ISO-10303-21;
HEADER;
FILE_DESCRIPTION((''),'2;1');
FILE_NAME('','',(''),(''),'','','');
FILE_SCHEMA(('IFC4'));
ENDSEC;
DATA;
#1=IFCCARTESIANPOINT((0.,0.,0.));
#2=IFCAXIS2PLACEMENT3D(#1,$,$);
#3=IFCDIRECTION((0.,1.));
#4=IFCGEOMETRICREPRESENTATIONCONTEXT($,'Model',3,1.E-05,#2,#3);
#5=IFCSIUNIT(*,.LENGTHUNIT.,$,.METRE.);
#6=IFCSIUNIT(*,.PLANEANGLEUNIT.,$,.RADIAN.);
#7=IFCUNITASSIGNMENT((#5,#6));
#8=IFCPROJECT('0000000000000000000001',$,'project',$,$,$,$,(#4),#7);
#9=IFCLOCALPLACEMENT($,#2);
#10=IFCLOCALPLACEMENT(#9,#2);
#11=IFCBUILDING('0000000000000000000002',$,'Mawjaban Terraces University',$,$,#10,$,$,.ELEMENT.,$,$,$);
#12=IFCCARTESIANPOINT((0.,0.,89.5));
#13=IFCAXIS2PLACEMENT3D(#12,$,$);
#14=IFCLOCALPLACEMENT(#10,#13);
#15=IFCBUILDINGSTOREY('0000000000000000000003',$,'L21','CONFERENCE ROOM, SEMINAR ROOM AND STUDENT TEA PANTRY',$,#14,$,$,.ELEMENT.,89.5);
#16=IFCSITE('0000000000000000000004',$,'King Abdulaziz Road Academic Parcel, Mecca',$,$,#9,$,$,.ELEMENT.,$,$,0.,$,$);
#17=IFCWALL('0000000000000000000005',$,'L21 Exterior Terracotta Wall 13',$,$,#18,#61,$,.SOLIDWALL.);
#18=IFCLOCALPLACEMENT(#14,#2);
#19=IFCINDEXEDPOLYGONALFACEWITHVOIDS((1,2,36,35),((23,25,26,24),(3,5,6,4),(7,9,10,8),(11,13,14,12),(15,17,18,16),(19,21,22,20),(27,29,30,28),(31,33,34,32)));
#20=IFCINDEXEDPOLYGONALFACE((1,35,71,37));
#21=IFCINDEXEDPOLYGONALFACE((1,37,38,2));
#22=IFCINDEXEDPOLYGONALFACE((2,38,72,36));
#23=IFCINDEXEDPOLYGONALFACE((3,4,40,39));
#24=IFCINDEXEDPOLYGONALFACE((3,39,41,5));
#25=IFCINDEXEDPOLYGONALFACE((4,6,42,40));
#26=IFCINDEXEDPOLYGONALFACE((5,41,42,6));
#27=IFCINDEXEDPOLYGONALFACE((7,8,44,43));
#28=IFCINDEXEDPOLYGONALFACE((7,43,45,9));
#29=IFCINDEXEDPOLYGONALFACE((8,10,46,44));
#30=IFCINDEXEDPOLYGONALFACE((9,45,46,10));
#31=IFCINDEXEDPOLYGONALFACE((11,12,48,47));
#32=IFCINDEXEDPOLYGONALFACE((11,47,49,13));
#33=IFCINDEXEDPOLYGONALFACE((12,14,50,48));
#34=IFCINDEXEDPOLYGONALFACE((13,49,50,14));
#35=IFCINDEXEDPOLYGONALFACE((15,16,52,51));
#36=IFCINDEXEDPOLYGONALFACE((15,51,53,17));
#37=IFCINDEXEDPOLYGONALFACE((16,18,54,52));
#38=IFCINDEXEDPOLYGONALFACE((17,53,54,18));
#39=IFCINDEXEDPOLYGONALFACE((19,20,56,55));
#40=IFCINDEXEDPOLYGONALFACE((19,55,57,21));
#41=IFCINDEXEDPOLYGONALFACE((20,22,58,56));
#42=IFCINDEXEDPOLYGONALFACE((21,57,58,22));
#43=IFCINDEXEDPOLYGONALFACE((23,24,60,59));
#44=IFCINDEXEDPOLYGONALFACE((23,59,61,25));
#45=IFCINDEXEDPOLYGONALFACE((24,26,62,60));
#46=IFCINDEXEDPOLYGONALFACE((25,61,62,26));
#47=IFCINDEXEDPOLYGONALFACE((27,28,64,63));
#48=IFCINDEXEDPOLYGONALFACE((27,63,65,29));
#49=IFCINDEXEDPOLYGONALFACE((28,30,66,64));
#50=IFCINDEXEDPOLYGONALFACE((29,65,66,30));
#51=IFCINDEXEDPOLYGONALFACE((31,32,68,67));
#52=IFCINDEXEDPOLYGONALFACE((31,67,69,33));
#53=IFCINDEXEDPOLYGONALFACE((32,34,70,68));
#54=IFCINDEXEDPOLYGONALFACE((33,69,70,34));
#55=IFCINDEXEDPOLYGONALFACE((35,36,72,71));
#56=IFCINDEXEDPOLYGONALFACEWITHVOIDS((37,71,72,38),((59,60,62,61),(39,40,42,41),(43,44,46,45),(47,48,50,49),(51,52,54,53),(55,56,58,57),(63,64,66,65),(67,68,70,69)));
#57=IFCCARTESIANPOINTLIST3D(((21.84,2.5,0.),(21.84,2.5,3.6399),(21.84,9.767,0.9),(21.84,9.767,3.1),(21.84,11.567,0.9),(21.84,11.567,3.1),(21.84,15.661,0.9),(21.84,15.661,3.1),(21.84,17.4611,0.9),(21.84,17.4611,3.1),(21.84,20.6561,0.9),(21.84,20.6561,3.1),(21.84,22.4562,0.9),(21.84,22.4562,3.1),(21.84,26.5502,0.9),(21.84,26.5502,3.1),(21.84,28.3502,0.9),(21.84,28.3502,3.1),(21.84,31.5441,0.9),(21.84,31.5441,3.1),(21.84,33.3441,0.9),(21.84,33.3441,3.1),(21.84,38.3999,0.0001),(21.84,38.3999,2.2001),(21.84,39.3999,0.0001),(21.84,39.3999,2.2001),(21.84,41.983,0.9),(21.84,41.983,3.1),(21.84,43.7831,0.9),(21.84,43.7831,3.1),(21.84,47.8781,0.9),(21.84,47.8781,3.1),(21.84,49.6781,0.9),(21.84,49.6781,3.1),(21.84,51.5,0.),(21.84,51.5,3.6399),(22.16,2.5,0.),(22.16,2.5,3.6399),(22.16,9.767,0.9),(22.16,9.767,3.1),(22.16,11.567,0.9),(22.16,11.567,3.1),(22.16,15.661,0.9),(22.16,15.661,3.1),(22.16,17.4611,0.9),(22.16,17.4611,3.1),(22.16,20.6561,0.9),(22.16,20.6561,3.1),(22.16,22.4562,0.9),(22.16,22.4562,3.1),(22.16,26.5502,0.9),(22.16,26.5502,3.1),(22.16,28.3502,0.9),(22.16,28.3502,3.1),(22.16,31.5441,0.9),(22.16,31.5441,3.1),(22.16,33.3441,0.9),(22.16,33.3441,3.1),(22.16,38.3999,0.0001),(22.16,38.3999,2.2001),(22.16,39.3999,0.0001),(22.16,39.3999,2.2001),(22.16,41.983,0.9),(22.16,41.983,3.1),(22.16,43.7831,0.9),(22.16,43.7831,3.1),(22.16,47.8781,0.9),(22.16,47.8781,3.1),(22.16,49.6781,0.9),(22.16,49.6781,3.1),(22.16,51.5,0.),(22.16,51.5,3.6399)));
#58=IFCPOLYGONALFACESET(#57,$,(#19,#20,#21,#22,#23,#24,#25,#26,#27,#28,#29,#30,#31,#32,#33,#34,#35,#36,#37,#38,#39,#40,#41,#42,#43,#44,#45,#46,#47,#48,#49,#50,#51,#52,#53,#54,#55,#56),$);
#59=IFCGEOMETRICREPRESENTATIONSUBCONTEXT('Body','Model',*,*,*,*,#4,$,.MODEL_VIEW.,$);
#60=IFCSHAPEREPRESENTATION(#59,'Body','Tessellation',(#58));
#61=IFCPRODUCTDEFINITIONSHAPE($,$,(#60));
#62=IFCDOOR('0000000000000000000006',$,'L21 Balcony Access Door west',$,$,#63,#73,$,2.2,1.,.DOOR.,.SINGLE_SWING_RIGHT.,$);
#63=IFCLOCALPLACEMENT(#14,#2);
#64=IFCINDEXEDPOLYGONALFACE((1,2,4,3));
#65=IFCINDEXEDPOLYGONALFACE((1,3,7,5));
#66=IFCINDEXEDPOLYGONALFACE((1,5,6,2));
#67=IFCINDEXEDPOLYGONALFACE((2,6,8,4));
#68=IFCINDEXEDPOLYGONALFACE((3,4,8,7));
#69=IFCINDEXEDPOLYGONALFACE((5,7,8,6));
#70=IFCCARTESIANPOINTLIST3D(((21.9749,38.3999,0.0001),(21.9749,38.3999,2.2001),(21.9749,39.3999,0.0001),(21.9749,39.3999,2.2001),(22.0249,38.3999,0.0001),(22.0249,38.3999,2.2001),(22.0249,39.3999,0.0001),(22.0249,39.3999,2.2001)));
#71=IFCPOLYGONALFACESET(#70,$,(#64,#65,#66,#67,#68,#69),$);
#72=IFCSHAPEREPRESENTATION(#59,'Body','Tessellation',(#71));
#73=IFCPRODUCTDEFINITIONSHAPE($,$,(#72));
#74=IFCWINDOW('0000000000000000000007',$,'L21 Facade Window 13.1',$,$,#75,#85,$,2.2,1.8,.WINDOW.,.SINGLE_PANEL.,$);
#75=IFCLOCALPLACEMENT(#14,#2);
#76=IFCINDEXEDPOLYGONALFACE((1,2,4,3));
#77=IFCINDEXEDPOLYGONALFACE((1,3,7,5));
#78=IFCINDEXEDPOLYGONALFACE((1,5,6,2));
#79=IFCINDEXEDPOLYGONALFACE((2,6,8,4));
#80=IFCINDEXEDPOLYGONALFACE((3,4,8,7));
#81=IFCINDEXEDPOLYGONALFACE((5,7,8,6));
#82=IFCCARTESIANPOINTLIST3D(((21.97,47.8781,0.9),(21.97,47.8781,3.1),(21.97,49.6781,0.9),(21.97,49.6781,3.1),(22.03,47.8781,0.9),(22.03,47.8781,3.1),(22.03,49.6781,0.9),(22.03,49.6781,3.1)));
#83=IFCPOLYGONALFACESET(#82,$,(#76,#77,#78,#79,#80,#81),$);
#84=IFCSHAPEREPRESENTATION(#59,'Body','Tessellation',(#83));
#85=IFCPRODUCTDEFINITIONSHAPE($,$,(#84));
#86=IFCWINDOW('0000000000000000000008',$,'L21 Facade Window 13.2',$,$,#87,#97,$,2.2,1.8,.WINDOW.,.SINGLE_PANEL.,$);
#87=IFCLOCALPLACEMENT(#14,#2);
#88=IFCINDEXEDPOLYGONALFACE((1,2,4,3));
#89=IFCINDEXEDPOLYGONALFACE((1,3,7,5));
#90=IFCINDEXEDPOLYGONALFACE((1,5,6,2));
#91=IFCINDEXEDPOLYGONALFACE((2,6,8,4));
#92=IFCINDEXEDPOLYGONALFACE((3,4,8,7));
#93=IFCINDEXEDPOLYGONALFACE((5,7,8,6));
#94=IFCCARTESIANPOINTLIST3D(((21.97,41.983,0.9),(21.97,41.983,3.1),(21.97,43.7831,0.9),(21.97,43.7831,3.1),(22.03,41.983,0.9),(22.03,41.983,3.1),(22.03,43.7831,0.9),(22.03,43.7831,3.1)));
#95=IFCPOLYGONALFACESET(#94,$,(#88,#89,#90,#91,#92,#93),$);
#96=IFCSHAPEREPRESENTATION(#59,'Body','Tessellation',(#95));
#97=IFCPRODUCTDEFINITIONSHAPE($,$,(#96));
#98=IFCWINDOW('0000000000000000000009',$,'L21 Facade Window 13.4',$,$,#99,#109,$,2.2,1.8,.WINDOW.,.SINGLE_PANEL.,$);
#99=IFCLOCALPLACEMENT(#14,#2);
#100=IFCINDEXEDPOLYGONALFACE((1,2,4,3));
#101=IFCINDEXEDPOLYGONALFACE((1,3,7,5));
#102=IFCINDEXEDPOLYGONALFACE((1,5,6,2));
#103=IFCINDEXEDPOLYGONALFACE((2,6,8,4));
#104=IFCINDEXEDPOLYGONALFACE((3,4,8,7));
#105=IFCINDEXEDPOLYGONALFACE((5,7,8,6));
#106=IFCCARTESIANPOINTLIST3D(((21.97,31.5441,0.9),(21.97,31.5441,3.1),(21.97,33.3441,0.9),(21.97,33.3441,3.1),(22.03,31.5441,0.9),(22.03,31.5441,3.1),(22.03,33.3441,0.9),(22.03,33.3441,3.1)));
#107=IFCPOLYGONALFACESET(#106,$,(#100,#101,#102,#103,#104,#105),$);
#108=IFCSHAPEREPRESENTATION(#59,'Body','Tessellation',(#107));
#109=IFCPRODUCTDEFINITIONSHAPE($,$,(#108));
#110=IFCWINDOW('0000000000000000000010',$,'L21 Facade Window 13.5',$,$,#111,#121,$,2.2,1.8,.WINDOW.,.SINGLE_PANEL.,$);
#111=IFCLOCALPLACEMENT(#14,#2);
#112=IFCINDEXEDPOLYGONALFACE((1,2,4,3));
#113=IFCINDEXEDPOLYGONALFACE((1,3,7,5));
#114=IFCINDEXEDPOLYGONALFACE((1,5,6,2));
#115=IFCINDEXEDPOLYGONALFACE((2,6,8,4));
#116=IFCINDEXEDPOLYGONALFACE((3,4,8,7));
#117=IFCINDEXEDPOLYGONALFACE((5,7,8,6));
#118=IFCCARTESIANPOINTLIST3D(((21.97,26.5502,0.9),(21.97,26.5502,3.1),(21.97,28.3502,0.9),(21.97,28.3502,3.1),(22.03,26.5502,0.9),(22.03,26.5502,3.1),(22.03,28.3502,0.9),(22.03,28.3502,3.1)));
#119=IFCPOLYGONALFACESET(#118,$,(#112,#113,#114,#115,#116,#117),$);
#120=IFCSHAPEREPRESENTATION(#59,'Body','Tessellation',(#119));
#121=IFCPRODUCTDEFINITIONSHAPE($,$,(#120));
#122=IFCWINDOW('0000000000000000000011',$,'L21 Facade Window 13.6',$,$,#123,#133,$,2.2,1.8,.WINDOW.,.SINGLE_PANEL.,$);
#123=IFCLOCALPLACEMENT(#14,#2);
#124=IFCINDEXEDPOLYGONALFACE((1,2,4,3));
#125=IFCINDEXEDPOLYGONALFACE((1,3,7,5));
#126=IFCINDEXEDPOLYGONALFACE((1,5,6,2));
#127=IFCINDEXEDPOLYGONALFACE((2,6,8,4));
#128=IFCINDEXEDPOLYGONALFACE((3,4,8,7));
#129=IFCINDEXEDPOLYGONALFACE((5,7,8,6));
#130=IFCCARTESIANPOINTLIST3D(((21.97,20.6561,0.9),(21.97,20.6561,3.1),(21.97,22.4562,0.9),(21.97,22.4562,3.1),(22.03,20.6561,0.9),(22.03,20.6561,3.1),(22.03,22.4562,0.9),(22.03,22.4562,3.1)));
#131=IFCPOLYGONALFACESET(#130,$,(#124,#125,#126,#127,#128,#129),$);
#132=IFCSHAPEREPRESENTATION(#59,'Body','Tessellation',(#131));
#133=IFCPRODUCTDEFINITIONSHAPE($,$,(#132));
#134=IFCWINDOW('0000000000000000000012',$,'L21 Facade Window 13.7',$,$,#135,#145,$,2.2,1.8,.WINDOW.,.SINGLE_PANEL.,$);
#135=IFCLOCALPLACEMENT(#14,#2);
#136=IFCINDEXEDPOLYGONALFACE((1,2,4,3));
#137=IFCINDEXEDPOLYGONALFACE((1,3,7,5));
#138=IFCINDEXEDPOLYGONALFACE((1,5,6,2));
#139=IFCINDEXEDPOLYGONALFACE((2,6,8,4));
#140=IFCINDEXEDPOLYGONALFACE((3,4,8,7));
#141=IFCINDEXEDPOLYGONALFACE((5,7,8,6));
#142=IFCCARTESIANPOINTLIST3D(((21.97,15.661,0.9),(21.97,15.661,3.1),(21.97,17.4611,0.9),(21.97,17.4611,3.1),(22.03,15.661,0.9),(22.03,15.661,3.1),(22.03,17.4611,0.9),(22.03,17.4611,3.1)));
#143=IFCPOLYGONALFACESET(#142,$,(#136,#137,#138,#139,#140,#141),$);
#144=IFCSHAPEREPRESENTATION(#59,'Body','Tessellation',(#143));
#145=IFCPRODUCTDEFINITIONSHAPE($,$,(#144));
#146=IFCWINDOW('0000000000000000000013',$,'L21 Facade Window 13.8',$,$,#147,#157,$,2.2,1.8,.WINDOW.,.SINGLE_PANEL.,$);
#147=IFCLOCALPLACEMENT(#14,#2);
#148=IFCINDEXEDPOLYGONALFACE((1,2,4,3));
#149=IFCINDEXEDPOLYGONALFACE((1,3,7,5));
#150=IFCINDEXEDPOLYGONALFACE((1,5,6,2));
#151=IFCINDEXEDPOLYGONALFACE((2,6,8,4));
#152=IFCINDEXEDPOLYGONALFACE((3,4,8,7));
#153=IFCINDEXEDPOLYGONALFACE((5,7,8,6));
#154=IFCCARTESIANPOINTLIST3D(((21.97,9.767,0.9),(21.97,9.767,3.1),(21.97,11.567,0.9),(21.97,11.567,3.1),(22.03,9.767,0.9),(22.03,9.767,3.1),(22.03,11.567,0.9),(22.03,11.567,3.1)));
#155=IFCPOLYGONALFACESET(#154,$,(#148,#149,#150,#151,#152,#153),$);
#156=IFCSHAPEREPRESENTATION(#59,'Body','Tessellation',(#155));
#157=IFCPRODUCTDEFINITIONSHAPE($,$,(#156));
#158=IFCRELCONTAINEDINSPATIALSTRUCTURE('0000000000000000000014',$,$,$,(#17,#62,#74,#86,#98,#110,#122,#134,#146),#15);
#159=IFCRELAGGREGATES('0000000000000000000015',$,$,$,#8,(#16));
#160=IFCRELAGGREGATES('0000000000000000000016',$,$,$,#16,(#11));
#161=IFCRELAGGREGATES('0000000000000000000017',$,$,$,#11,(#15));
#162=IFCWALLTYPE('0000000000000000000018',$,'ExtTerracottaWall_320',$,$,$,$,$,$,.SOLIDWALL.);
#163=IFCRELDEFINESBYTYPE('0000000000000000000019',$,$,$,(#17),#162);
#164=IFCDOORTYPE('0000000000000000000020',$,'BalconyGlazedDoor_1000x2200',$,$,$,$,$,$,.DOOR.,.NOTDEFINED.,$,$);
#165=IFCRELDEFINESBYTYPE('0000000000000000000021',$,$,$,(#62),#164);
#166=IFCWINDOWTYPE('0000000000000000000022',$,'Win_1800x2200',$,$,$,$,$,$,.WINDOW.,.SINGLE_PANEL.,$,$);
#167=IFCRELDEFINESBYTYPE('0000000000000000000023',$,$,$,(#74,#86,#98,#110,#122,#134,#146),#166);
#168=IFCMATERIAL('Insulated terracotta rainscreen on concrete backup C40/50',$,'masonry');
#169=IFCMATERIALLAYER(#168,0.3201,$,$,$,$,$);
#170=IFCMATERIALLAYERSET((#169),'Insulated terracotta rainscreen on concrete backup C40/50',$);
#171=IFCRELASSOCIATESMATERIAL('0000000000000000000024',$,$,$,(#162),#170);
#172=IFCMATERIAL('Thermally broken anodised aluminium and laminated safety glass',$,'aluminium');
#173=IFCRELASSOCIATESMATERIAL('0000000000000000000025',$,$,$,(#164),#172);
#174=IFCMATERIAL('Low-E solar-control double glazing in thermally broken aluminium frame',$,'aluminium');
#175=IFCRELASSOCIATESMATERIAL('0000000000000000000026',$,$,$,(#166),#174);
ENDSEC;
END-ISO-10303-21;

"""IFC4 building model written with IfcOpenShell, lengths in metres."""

from ifc_helpers import new_model, si_unit, direction, frame, frame_2d, origin, place, context, subcontext, project, spatial, rectangle, extrude, material, layer, layer_set, type_object, element, fill, save


model = new_model("IFC4")

# Units and contexts
model_context = context("Model", 3, precision=1e-05, world=origin(), true_north=direction((0.0, 1.0)))
body_context = subcontext(model_context, "Body", "Model", "MODEL_VIEW")
ifc_project = project(units=[si_unit("LENGTHUNIT", "METRE"), si_unit("PLANEANGLEUNIT", "RADIAN")], contexts=[model_context])

# Site, building, storey
site_placement = place(None, origin())
site = spatial("IfcSite", under=ifc_project, at=site_placement, Name="King Abdulaziz Road Academic Parcel, Mecca", CompositionType="ELEMENT", RefElevation=0.0)
building_placement = place(site_placement, origin())
building = spatial("IfcBuilding", under=site, at=building_placement, Name="Mawjaban Terraces University", CompositionType="ELEMENT")
storey_placement = place(building_placement, frame((0.0, 0.0, 89.5)))
storey = spatial("IfcBuildingStorey", under=building, at=storey_placement, Name="L21", Description="CONFERENCE ROOM, SEMINAR ROOM AND STUDENT TEA PANTRY", CompositionType="ELEMENT", Elevation=89.5)

# Shared definitions
ifc_material_1 = material(Name="Insulated terracotta rainscreen on concrete backup C40/50", Category="masonry")
ifc_layer_1 = layer(ifc_material_1, 0.3201)
ifc_layer_set_1 = layer_set([ifc_layer_1], Name="Insulated terracotta rainscreen on concrete backup C40/50")
wall_type_1 = type_object("IfcWallType", Name="ExtTerracottaWall_320", PredefinedType="SOLIDWALL", material=ifc_layer_set_1)

# Wall, openings, door, windows
wall_1_placement = place(storey_placement, frame((22.0, 51.5, 0.0), z_axis=(0.0, 0.0, 1.0), x_axis=(0.0, -1.0, 0.0)))
wall_1 = element("IfcWall", 1, at=wall_1_placement, inside=storey, type_object=wall_type_1, Name="L21 Exterior Terracotta Wall 13", PredefinedType="SOLIDWALL", context=body_context, shape_type="SweptSolid", body=[
    extrude(rectangle(XDim=49.0, YDim=0.3201, at=frame_2d((24.5, 0.0))), origin(), (0.0, 0.0, 1.0), 3.6399),
])
opening_1_placement = place(wall_1_placement, frame((12.1001, 0.0, 0.0)))
opening_1 = element("IfcOpeningElement", 2, at=opening_1_placement, cuts=wall_1, PredefinedType="OPENING", context=body_context, shape_type="SweptSolid", body=[
    extrude(rectangle(XDim=1.0, YDim=2.2, at=frame_2d((0.5, 1.1001))), frame((0.0, 0.1699, 0.0), z_axis=(0.0, -1.0, 0.0), x_axis=(1.0, 0.0, 0.0)), (0.0, 0.0, 1.0), 0.3401),
])
opening_2_placement = place(wall_1_placement, frame((1.822, 0.0, 0.8999)))
opening_2 = element("IfcOpeningElement", 3, at=opening_2_placement, cuts=wall_1, PredefinedType="OPENING", context=body_context, shape_type="SweptSolid", body=[
    extrude(rectangle(XDim=1.8, YDim=2.2, at=frame_2d((0.8999, 1.1001))), frame((0.0, 0.1699, 0.0), z_axis=(0.0, -1.0, 0.0), x_axis=(1.0, 0.0, 0.0)), (0.0, 0.0, 1.0), 0.3401),
])
opening_3_placement = place(wall_1_placement, frame((7.717, 0.0, 0.8999)))
opening_3 = element("IfcOpeningElement", 4, at=opening_3_placement, cuts=wall_1, PredefinedType="OPENING", context=body_context, shape_type="SweptSolid", body=[
    extrude(rectangle(XDim=1.8, YDim=2.2, at=frame_2d((0.8999, 1.1001))), frame((0.0, 0.1699, 0.0), z_axis=(0.0, -1.0, 0.0), x_axis=(1.0, 0.0, 0.0)), (0.0, 0.0, 1.0), 0.3401),
])
opening_4_placement = place(wall_1_placement, frame((18.156, 0.0, 0.8999)))
opening_4 = element("IfcOpeningElement", 5, at=opening_4_placement, cuts=wall_1, PredefinedType="OPENING", context=body_context, shape_type="SweptSolid", body=[
    extrude(rectangle(XDim=1.8, YDim=2.2, at=frame_2d((0.8999, 1.1001))), frame((0.0, 0.1699, 0.0), z_axis=(0.0, -1.0, 0.0), x_axis=(1.0, 0.0, 0.0)), (0.0, 0.0, 1.0), 0.3401),
])
opening_5_placement = place(wall_1_placement, frame((23.1499, 0.0, 0.8999)))
opening_5 = element("IfcOpeningElement", 6, at=opening_5_placement, cuts=wall_1, PredefinedType="OPENING", context=body_context, shape_type="SweptSolid", body=[
    extrude(rectangle(XDim=1.8, YDim=2.2, at=frame_2d((0.8999, 1.1001))), frame((0.0, 0.1699, 0.0), z_axis=(0.0, -1.0, 0.0), x_axis=(1.0, 0.0, 0.0)), (0.0, 0.0, 1.0), 0.3401),
])
opening_6_placement = place(wall_1_placement, frame((29.0439, 0.0, 0.8999)))
opening_6 = element("IfcOpeningElement", 7, at=opening_6_placement, cuts=wall_1, PredefinedType="OPENING", context=body_context, shape_type="SweptSolid", body=[
    extrude(rectangle(XDim=1.8, YDim=2.2, at=frame_2d((0.8999, 1.1001))), frame((0.0, 0.1699, 0.0), z_axis=(0.0, -1.0, 0.0), x_axis=(1.0, 0.0, 0.0)), (0.0, 0.0, 1.0), 0.3401),
])
opening_7_placement = place(wall_1_placement, frame((34.0391, 0.0, 0.8999)))
opening_7 = element("IfcOpeningElement", 8, at=opening_7_placement, cuts=wall_1, PredefinedType="OPENING", context=body_context, shape_type="SweptSolid", body=[
    extrude(rectangle(XDim=1.8, YDim=2.2, at=frame_2d((0.8999, 1.1001))), frame((0.0, 0.1699, 0.0), z_axis=(0.0, -1.0, 0.0), x_axis=(1.0, 0.0, 0.0)), (0.0, 0.0, 1.0), 0.3401),
])
opening_8_placement = place(wall_1_placement, frame((39.9331, 0.0, 0.8999)))
opening_8 = element("IfcOpeningElement", 9, at=opening_8_placement, cuts=wall_1, PredefinedType="OPENING", context=body_context, shape_type="SweptSolid", body=[
    extrude(rectangle(XDim=1.8, YDim=2.2, at=frame_2d((0.8999, 1.1001))), frame((0.0, 0.1699, 0.0), z_axis=(0.0, -1.0, 0.0), x_axis=(1.0, 0.0, 0.0)), (0.0, 0.0, 1.0), 0.3401),
])
ifc_material_2 = material(Name="Thermally broken anodised aluminium and laminated safety glass", Category="aluminium")
door_type_1 = type_object("IfcDoorType", Name="BalconyGlazedDoor_1000x2200", OperationType="NOTDEFINED", PredefinedType="DOOR", material=ifc_material_2)
door_1_placement = place(opening_1_placement, origin())
door_1 = element("IfcDoor", 10, at=door_1_placement, inside=storey, type_object=door_type_1, Name="L21 Balcony Access Door west", OperationType="SINGLE_SWING_RIGHT", OverallHeight=2.2, OverallWidth=1.0, PredefinedType="DOOR", context=body_context, shape_type="SweptSolid", body=[
    extrude(rectangle(XDim=1.0, YDim=2.2, at=frame_2d((0.5, 1.1001))), frame((0.0, 0.0249, 0.0), z_axis=(0.0, -1.0, 0.0), x_axis=(1.0, 0.0, 0.0)), (0.0, 0.0, 1.0), 0.05),
])
fill(opening_1, door_1)
ifc_material_3 = material(Name="Low-E solar-control double glazing in thermally broken aluminium frame", Category="aluminium")
window_type = type_object("IfcWindowType", Name="Win_1800x2200", PartitioningType="SINGLE_PANEL", PredefinedType="WINDOW", material=ifc_material_3)
window_1_placement = place(opening_2_placement, origin())
window_1 = element("IfcWindow", 11, at=window_1_placement, inside=storey, type_object=window_type, Name="L21 Facade Window 13.1", OverallHeight=2.2, OverallWidth=1.8, PartitioningType="SINGLE_PANEL", PredefinedType="WINDOW", context=body_context, shape_type="SweptSolid", body=[
    extrude(rectangle(XDim=1.8, YDim=2.2, at=frame_2d((0.8999, 1.1001))), frame((0.0, 0.03, 0.0), z_axis=(0.0, -1.0, 0.0), x_axis=(1.0, 0.0, 0.0)), (0.0, 0.0, 1.0), 0.0601),
])
fill(opening_2, window_1)
window_2_placement = place(opening_3_placement, origin())
window_2 = element("IfcWindow", 12, at=window_2_placement, inside=storey, type_object=window_type, Name="L21 Facade Window 13.2", OverallHeight=2.2, OverallWidth=1.8, PartitioningType="SINGLE_PANEL", PredefinedType="WINDOW", context=body_context, shape_type="SweptSolid", body=[
    extrude(rectangle(XDim=1.8, YDim=2.2, at=frame_2d((0.8999, 1.1001))), frame((0.0, 0.03, 0.0), z_axis=(0.0, -1.0, 0.0), x_axis=(1.0, 0.0, 0.0)), (0.0, 0.0, 1.0), 0.0601),
])
fill(opening_3, window_2)
window_3_placement = place(opening_4_placement, origin())
window_3 = element("IfcWindow", 13, at=window_3_placement, inside=storey, type_object=window_type, Name="L21 Facade Window 13.4", OverallHeight=2.2, OverallWidth=1.8, PartitioningType="SINGLE_PANEL", PredefinedType="WINDOW", context=body_context, shape_type="SweptSolid", body=[
    extrude(rectangle(XDim=1.8, YDim=2.2, at=frame_2d((0.8999, 1.1001))), frame((0.0, 0.03, 0.0), z_axis=(0.0, -1.0, 0.0), x_axis=(1.0, 0.0, 0.0)), (0.0, 0.0, 1.0), 0.0601),
])
fill(opening_4, window_3)
window_4_placement = place(opening_5_placement, origin())
window_4 = element("IfcWindow", 14, at=window_4_placement, inside=storey, type_object=window_type, Name="L21 Facade Window 13.5", OverallHeight=2.2, OverallWidth=1.8, PartitioningType="SINGLE_PANEL", PredefinedType="WINDOW", context=body_context, shape_type="SweptSolid", body=[
    extrude(rectangle(XDim=1.8, YDim=2.2, at=frame_2d((0.8999, 1.1001))), frame((0.0, 0.03, 0.0), z_axis=(0.0, -1.0, 0.0), x_axis=(1.0, 0.0, 0.0)), (0.0, 0.0, 1.0), 0.0601),
])
fill(opening_5, window_4)
window_5_placement = place(opening_6_placement, origin())
window_5 = element("IfcWindow", 15, at=window_5_placement, inside=storey, type_object=window_type, Name="L21 Facade Window 13.6", OverallHeight=2.2, OverallWidth=1.8, PartitioningType="SINGLE_PANEL", PredefinedType="WINDOW", context=body_context, shape_type="SweptSolid", body=[
    extrude(rectangle(XDim=1.8, YDim=2.2, at=frame_2d((0.8999, 1.1001))), frame((0.0, 0.03, 0.0), z_axis=(0.0, -1.0, 0.0), x_axis=(1.0, 0.0, 0.0)), (0.0, 0.0, 1.0), 0.0601),
])
fill(opening_6, window_5)
window_6_placement = place(opening_7_placement, origin())
window_6 = element("IfcWindow", 16, at=window_6_placement, inside=storey, type_object=window_type, Name="L21 Facade Window 13.7", OverallHeight=2.2, OverallWidth=1.8, PartitioningType="SINGLE_PANEL", PredefinedType="WINDOW", context=body_context, shape_type="SweptSolid", body=[
    extrude(rectangle(XDim=1.8, YDim=2.2, at=frame_2d((0.8999, 1.1001))), frame((0.0, 0.03, 0.0), z_axis=(0.0, -1.0, 0.0), x_axis=(1.0, 0.0, 0.0)), (0.0, 0.0, 1.0), 0.0601),
])
fill(opening_7, window_6)
window_7_placement = place(opening_8_placement, origin())
window_7 = element("IfcWindow", 17, at=window_7_placement, inside=storey, type_object=window_type, Name="L21 Facade Window 13.8", OverallHeight=2.2, OverallWidth=1.8, PartitioningType="SINGLE_PANEL", PredefinedType="WINDOW", context=body_context, shape_type="SweptSolid", body=[
    extrude(rectangle(XDim=1.8, YDim=2.2, at=frame_2d((0.8999, 1.1001))), frame((0.0, 0.03, 0.0), z_axis=(0.0, -1.0, 0.0), x_axis=(1.0, 0.0, 0.0)), (0.0, 0.0, 1.0), 0.0601),
])
fill(opening_8, window_7)

save(model, "model.ifc")
